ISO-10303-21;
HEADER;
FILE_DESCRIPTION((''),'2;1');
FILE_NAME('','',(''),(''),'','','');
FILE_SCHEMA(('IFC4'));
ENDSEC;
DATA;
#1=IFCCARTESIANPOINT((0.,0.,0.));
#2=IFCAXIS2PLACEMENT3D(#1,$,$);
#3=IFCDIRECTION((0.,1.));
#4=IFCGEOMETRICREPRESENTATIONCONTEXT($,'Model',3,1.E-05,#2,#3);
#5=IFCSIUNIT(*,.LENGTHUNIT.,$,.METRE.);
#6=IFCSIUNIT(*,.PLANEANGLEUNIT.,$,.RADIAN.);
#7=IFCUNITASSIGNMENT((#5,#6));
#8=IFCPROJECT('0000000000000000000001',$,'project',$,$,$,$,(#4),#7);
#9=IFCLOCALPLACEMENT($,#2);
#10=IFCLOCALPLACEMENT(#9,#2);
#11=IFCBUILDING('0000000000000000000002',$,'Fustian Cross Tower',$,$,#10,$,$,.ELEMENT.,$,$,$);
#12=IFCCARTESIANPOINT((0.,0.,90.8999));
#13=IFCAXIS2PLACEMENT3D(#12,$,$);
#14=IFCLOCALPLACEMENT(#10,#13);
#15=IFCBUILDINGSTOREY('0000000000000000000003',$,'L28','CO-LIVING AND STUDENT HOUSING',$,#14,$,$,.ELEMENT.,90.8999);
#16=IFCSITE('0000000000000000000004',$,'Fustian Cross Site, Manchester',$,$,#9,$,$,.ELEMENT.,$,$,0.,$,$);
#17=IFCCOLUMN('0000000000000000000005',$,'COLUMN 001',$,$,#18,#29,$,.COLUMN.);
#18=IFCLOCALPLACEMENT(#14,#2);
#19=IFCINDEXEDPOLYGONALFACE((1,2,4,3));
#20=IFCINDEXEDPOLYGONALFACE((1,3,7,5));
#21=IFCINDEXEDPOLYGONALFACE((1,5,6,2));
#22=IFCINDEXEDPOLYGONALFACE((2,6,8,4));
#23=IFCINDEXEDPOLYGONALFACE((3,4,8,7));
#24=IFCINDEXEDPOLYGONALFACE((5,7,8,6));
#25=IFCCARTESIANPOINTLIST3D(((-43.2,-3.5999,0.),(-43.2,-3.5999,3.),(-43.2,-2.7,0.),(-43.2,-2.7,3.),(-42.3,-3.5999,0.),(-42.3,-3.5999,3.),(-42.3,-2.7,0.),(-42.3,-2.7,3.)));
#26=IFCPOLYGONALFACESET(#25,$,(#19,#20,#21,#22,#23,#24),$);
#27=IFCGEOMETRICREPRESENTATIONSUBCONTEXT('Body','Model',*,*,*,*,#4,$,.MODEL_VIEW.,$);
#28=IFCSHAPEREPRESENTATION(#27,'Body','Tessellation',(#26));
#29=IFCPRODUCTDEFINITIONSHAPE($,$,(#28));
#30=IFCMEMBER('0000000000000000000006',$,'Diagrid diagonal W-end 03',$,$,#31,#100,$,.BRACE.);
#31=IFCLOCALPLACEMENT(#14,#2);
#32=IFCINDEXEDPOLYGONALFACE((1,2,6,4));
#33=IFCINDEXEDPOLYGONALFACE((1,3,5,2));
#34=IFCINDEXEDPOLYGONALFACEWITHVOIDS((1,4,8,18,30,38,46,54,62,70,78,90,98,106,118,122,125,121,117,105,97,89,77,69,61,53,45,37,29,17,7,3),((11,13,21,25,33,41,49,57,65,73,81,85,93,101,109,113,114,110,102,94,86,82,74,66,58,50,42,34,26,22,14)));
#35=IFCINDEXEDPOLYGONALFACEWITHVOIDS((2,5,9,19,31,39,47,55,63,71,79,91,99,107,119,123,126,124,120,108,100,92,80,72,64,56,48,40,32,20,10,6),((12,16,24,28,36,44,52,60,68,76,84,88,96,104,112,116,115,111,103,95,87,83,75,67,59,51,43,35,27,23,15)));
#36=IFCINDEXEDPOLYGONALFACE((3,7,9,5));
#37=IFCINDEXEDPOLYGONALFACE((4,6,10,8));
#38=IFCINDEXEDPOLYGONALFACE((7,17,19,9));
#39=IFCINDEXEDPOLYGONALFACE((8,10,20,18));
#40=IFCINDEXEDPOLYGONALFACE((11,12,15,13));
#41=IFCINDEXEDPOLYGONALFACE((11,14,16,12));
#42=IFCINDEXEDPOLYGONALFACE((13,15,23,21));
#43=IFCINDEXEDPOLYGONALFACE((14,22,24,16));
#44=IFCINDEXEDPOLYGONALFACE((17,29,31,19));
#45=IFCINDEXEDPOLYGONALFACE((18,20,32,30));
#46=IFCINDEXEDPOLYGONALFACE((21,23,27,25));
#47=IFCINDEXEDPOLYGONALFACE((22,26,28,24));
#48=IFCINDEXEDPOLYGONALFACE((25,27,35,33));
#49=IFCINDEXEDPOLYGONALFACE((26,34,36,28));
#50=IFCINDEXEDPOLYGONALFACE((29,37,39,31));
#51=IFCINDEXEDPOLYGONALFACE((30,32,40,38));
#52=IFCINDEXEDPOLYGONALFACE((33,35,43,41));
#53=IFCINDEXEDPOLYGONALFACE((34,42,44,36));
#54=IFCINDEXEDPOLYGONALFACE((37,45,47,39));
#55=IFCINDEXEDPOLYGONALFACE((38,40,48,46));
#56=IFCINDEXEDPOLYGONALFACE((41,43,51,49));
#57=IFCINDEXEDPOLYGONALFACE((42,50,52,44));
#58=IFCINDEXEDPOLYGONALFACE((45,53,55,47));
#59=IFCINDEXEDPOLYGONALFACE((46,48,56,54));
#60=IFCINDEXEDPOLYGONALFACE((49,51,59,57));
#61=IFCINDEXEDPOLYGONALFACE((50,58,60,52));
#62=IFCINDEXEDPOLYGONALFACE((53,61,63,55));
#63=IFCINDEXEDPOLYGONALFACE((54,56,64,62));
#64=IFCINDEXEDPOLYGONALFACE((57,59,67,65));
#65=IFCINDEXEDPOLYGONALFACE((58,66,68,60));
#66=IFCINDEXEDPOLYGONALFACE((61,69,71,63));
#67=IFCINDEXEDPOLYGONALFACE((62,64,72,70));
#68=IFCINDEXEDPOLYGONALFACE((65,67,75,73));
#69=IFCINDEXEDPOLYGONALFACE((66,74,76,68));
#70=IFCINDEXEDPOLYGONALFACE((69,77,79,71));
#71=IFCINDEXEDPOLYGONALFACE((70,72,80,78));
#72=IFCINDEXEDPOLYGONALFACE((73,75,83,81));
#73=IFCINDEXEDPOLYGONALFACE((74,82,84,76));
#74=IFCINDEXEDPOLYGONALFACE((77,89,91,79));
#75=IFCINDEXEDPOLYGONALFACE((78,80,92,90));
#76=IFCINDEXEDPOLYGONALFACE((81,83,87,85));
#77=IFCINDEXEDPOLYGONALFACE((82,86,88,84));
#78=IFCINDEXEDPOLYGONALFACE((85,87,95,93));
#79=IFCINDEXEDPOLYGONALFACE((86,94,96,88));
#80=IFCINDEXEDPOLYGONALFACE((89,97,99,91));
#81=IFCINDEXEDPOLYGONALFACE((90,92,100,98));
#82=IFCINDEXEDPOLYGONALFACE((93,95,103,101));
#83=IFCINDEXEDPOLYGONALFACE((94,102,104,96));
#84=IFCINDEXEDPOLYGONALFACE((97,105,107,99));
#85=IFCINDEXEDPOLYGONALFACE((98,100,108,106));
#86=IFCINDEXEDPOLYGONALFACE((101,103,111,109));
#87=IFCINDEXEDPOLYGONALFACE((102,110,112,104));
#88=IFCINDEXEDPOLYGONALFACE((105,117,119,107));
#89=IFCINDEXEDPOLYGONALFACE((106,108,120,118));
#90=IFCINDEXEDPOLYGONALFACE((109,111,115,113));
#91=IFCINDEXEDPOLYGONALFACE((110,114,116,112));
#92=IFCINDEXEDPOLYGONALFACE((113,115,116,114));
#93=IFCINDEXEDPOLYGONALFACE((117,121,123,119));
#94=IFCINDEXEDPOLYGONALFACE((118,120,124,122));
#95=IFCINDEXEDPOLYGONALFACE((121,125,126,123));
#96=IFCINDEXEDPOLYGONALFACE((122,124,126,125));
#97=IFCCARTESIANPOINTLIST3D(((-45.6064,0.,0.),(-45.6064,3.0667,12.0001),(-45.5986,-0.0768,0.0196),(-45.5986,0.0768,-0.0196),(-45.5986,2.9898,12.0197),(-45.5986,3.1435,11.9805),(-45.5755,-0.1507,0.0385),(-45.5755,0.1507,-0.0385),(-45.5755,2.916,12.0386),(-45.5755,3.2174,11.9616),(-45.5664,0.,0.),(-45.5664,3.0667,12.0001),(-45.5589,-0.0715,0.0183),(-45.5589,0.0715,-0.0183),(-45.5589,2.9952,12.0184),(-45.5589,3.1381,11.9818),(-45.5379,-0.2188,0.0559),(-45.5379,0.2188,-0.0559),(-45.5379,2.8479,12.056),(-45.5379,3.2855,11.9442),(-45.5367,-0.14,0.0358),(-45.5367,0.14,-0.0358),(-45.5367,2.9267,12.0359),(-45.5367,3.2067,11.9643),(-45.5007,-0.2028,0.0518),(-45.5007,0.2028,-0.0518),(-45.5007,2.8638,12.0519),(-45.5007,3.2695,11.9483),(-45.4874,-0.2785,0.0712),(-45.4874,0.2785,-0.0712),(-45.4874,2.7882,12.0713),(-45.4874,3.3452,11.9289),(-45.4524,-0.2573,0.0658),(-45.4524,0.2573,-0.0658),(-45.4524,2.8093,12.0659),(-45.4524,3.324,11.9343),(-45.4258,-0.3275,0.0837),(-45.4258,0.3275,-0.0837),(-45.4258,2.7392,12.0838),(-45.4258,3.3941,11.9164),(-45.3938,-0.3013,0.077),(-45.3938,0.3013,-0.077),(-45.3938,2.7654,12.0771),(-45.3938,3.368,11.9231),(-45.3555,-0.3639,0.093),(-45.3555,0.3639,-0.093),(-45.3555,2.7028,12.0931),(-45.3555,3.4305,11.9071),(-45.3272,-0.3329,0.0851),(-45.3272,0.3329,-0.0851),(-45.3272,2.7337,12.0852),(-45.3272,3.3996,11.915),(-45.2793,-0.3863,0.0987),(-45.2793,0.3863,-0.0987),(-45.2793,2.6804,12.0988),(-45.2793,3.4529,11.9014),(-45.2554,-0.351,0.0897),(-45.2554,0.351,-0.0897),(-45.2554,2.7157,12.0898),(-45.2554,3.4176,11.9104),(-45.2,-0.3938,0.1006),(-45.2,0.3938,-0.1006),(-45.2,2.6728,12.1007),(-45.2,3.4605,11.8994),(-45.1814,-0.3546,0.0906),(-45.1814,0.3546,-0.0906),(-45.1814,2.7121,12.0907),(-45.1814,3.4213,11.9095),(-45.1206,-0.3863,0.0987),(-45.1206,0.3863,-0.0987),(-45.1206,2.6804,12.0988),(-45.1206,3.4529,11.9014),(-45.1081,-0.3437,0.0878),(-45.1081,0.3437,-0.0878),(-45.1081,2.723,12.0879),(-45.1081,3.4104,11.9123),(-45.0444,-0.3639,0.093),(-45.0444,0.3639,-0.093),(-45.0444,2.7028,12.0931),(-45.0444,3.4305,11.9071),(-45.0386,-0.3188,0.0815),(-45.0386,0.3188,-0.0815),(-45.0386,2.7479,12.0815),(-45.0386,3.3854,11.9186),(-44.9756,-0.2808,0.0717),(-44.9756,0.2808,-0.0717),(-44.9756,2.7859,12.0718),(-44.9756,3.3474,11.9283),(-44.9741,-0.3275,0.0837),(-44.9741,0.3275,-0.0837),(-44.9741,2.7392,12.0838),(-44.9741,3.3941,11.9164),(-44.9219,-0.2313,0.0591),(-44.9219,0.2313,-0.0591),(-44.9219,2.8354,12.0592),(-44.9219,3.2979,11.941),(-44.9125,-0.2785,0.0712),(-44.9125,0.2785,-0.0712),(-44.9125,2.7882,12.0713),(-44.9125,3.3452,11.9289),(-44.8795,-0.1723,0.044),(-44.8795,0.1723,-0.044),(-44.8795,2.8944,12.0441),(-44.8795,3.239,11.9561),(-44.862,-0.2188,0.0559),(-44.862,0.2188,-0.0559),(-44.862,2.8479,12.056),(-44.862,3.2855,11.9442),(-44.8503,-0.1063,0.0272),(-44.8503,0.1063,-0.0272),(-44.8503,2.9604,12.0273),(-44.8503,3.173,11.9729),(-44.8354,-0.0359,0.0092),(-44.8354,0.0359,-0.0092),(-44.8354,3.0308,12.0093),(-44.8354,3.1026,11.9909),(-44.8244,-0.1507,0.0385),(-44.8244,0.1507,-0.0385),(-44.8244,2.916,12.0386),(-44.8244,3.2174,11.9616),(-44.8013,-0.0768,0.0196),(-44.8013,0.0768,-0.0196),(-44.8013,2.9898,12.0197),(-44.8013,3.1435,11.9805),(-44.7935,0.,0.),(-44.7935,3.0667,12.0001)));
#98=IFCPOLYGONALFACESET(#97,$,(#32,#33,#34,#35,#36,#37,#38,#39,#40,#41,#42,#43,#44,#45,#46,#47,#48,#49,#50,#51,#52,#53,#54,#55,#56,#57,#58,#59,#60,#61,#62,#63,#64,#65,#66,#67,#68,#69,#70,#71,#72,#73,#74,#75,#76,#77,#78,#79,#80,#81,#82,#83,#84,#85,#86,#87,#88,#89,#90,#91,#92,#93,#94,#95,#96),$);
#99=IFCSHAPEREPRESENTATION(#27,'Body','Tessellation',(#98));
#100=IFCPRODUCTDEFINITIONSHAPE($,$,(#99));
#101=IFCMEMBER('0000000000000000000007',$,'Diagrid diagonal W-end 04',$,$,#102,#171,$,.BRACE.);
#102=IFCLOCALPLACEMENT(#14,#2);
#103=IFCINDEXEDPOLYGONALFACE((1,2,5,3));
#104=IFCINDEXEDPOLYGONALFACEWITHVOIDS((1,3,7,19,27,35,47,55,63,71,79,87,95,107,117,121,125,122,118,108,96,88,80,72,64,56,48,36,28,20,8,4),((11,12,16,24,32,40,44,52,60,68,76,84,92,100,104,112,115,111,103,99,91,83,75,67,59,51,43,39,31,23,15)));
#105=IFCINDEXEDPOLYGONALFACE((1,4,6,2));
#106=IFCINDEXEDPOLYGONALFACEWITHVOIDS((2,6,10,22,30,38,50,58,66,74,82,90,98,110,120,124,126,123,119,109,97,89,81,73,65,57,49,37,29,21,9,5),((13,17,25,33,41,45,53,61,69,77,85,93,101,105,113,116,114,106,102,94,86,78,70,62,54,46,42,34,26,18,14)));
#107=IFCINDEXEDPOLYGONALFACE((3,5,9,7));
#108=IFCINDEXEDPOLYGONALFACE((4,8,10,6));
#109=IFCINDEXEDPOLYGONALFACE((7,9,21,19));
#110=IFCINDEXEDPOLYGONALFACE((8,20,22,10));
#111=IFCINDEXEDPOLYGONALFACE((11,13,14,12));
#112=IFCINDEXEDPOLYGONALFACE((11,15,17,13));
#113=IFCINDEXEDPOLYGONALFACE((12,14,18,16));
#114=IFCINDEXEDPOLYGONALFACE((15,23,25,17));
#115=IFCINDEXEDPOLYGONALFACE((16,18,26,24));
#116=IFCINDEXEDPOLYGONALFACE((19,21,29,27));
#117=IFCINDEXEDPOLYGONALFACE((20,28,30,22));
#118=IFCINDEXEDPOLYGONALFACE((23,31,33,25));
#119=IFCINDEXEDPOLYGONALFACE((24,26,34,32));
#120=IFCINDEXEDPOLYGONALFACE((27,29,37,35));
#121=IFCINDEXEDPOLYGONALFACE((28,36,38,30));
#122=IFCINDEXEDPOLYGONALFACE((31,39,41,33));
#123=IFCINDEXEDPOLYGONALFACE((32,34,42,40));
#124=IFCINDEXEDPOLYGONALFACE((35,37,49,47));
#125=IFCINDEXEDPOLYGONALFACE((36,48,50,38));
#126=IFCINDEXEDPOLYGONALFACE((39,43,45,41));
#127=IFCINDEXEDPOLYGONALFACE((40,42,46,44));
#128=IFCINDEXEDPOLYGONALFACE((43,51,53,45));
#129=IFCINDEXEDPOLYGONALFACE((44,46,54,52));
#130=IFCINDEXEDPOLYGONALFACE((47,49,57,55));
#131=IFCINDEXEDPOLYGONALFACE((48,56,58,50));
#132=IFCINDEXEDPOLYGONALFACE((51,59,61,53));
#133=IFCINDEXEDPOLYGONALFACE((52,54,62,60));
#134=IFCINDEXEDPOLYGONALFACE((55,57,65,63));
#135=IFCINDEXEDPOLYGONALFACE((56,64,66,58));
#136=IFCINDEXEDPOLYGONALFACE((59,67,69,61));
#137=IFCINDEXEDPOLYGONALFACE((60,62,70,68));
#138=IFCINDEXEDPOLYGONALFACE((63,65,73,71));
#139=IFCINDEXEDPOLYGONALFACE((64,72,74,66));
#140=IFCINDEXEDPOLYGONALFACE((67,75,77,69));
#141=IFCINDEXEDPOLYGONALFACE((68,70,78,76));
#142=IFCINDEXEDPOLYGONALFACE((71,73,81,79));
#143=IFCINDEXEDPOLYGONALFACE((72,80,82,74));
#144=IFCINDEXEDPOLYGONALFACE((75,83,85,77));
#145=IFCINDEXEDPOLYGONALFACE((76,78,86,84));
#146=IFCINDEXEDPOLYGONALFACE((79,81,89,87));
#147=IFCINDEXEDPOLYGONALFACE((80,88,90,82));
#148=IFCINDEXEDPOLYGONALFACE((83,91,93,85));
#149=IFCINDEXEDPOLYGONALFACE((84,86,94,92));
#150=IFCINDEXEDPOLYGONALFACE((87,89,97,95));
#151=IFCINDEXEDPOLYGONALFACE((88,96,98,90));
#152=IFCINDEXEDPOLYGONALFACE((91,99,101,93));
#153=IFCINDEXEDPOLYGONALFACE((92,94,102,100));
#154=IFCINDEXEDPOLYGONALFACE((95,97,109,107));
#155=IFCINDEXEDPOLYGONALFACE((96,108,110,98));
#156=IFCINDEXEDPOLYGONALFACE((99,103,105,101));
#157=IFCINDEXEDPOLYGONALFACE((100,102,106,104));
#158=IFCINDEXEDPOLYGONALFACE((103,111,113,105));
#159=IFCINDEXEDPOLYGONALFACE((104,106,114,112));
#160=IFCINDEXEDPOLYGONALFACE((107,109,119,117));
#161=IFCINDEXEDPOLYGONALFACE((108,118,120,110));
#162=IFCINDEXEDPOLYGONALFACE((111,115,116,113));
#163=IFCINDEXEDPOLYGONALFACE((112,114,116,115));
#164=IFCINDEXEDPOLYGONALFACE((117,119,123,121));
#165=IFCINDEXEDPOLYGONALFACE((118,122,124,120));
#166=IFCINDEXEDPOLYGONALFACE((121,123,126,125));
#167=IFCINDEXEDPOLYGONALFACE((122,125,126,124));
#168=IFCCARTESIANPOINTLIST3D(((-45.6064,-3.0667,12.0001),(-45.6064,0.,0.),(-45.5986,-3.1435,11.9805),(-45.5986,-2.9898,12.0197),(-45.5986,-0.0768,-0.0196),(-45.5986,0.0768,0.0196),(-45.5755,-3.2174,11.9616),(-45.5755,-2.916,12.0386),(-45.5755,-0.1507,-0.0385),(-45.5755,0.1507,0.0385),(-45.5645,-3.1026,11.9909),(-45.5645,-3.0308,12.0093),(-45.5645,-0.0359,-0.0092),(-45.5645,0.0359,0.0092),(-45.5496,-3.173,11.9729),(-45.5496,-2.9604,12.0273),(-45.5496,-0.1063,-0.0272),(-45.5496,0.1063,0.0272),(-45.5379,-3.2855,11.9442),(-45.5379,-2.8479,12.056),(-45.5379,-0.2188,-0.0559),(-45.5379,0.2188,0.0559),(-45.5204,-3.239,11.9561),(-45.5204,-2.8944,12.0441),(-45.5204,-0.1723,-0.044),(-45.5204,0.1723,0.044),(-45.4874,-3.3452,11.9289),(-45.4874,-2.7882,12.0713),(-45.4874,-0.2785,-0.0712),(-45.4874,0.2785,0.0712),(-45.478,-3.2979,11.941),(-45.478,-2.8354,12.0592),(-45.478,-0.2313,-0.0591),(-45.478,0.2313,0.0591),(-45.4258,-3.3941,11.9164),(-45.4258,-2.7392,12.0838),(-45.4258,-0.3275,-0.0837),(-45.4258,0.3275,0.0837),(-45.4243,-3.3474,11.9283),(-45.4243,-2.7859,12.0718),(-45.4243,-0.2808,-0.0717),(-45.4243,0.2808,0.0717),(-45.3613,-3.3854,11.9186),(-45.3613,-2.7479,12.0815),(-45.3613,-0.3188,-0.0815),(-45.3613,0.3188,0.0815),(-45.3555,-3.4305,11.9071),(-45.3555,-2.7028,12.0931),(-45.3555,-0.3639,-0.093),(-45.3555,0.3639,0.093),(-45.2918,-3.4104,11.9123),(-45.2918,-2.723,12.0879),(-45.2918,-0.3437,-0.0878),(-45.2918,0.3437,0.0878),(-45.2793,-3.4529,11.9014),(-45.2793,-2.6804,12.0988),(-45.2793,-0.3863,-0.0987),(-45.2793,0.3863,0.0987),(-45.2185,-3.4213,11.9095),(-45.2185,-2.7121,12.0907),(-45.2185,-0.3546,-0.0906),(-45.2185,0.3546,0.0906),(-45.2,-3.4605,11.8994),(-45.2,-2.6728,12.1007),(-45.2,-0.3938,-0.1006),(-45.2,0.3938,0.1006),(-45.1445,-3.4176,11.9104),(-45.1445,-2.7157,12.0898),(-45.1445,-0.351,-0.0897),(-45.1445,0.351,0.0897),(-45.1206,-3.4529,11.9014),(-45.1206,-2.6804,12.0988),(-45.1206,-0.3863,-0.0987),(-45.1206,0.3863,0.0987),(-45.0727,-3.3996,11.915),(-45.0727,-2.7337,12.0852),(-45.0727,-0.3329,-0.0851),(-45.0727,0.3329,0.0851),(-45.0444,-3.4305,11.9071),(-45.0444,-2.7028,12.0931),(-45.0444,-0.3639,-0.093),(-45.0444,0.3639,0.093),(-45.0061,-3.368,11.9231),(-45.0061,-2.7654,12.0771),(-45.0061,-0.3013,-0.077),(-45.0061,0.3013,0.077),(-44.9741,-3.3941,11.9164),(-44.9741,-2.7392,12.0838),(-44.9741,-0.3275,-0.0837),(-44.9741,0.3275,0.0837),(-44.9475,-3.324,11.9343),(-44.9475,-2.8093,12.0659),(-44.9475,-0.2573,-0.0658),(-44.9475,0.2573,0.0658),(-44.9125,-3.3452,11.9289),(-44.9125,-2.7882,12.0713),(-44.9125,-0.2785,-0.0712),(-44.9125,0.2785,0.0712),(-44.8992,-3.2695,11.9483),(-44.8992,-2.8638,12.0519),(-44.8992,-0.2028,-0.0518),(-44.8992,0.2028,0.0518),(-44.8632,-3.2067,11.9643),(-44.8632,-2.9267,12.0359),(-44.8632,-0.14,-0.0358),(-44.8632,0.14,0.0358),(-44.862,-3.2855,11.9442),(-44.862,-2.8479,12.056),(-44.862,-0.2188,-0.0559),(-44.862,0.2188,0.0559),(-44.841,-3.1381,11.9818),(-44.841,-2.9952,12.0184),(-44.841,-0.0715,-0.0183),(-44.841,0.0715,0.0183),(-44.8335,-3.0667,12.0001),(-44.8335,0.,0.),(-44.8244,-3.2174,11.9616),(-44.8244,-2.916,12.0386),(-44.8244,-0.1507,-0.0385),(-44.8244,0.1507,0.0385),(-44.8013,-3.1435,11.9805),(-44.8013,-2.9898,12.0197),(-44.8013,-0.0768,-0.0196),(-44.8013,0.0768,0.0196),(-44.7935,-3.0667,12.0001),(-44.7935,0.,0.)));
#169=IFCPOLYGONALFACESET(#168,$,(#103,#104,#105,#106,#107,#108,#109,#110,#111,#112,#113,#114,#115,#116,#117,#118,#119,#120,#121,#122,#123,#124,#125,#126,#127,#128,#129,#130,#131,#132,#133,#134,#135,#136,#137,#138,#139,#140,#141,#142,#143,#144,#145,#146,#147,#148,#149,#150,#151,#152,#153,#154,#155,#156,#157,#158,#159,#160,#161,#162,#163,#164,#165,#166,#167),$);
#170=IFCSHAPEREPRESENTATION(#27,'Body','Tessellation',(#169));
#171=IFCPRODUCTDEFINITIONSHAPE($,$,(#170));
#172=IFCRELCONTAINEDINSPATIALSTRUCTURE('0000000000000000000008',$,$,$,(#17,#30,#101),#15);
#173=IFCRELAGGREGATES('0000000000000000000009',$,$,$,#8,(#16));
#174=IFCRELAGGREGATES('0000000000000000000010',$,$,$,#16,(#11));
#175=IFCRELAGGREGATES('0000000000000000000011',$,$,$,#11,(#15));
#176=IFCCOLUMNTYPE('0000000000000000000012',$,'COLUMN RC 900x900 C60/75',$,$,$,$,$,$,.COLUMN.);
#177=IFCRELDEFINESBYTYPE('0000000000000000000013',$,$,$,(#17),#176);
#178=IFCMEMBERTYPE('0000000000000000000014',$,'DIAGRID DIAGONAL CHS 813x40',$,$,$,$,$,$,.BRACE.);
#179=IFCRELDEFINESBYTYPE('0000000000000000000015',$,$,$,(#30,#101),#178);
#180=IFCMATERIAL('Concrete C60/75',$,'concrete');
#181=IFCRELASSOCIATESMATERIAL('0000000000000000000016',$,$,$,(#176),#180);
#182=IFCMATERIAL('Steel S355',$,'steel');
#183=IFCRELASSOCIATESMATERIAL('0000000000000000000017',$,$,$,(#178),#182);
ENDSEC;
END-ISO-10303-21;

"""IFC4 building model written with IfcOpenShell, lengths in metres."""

from ifc_helpers import new_model, si_unit, direction, frame, origin, origin_2d, place, context, subcontext, project, spatial, rectangle, hollow_circle, extrude, material, material_profile, profile_set, type_object, element, save


model = new_model("IFC4")

# Units and contexts
model_context = context("Model", 3, precision=1e-05, world=origin(), true_north=direction((0.0, 1.0)))
body_context = subcontext(model_context, "Body", "Model", "MODEL_VIEW")
ifc_project = project(units=[si_unit("LENGTHUNIT", "METRE"), si_unit("PLANEANGLEUNIT", "RADIAN")], contexts=[model_context])

# Site, building, storey
site_placement = place(None, origin())
site = spatial("IfcSite", under=ifc_project, at=site_placement, Name="Fustian Cross Site, Manchester", CompositionType="ELEMENT", RefElevation=0.0)
building_placement = place(site_placement, origin())
building = spatial("IfcBuilding", under=site, at=building_placement, Name="Fustian Cross Tower", CompositionType="ELEMENT")
storey_placement = place(building_placement, frame((0.0, 0.0, 90.8999)))
storey = spatial("IfcBuildingStorey", under=building, at=storey_placement, Name="L28", Description="CO-LIVING AND STUDENT HOUSING", CompositionType="ELEMENT", Elevation=90.8999)

# Column
ifc_material_1 = material(Name="Concrete C60/75", Category="concrete")
ifc_material_profile_1 = material_profile(ifc_material_1, rectangle(XDim=0.8999, YDim=0.8999, at=origin_2d()), Name="RC 900x900")
ifc_profile_set_1 = profile_set([ifc_material_profile_1], Name="Concrete C60/75")
column_type = type_object("IfcColumnType", Name="COLUMN RC 900x900 C60/75", PredefinedType="COLUMN", material=ifc_profile_set_1)
column_placement = place(storey_placement, frame((-42.75, -3.1499, 0.0), z_axis=(0.0, 0.0, 1.0), x_axis=(1.0, 0.0, 0.0)))
element("IfcColumn", 1, at=column_placement, inside=storey, type_object=column_type, Name="COLUMN 001", PredefinedType="COLUMN", context=body_context, shape_type="SweptSolid", body=[
    extrude(rectangle(XDim=0.8999, YDim=0.8999, at=origin_2d()), origin(), (0.0, 0.0, 1.0), 3.0),
])

# Members
ifc_material_2 = material(Name="Steel S355", Category="steel")
ifc_material_profile_2 = material_profile(ifc_material_2, hollow_circle(Radius=0.4065, WallThickness=0.04, at=origin_2d()), Name="CHS 813x40")
ifc_profile_set_2 = profile_set([ifc_material_profile_2], Name="Steel S355")
member_type = type_object("IfcMemberType", Name="DIAGRID DIAGONAL CHS 813x40", PredefinedType="BRACE", material=ifc_profile_set_2)
for number, where, z_axis, x_axis, name in (
    (2, (-45.2, 0.0, 0.0), (0.0, 0.247597, 0.968863), (-1.0, 0.0, 0.0), "Diagrid diagonal W-end 03"),
    (3, (-45.2, 0.0, 0.0), (0.0, -0.247597, 0.968863), (1.0, 0.0, 0.0), "Diagrid diagonal W-end 04"),
):
    element("IfcMember", number, at=place(storey_placement, frame(where, z_axis=z_axis, x_axis=x_axis)), inside=storey, type_object=member_type, Name=name, PredefinedType="BRACE", context=body_context, shape_type="SweptSolid", body=[
        extrude(hollow_circle(Radius=0.4065, WallThickness=0.04, at=origin_2d()), origin(), (0.0, 0.0, 1.0), 12.3857),
    ])

save(model, "model.ifc")
